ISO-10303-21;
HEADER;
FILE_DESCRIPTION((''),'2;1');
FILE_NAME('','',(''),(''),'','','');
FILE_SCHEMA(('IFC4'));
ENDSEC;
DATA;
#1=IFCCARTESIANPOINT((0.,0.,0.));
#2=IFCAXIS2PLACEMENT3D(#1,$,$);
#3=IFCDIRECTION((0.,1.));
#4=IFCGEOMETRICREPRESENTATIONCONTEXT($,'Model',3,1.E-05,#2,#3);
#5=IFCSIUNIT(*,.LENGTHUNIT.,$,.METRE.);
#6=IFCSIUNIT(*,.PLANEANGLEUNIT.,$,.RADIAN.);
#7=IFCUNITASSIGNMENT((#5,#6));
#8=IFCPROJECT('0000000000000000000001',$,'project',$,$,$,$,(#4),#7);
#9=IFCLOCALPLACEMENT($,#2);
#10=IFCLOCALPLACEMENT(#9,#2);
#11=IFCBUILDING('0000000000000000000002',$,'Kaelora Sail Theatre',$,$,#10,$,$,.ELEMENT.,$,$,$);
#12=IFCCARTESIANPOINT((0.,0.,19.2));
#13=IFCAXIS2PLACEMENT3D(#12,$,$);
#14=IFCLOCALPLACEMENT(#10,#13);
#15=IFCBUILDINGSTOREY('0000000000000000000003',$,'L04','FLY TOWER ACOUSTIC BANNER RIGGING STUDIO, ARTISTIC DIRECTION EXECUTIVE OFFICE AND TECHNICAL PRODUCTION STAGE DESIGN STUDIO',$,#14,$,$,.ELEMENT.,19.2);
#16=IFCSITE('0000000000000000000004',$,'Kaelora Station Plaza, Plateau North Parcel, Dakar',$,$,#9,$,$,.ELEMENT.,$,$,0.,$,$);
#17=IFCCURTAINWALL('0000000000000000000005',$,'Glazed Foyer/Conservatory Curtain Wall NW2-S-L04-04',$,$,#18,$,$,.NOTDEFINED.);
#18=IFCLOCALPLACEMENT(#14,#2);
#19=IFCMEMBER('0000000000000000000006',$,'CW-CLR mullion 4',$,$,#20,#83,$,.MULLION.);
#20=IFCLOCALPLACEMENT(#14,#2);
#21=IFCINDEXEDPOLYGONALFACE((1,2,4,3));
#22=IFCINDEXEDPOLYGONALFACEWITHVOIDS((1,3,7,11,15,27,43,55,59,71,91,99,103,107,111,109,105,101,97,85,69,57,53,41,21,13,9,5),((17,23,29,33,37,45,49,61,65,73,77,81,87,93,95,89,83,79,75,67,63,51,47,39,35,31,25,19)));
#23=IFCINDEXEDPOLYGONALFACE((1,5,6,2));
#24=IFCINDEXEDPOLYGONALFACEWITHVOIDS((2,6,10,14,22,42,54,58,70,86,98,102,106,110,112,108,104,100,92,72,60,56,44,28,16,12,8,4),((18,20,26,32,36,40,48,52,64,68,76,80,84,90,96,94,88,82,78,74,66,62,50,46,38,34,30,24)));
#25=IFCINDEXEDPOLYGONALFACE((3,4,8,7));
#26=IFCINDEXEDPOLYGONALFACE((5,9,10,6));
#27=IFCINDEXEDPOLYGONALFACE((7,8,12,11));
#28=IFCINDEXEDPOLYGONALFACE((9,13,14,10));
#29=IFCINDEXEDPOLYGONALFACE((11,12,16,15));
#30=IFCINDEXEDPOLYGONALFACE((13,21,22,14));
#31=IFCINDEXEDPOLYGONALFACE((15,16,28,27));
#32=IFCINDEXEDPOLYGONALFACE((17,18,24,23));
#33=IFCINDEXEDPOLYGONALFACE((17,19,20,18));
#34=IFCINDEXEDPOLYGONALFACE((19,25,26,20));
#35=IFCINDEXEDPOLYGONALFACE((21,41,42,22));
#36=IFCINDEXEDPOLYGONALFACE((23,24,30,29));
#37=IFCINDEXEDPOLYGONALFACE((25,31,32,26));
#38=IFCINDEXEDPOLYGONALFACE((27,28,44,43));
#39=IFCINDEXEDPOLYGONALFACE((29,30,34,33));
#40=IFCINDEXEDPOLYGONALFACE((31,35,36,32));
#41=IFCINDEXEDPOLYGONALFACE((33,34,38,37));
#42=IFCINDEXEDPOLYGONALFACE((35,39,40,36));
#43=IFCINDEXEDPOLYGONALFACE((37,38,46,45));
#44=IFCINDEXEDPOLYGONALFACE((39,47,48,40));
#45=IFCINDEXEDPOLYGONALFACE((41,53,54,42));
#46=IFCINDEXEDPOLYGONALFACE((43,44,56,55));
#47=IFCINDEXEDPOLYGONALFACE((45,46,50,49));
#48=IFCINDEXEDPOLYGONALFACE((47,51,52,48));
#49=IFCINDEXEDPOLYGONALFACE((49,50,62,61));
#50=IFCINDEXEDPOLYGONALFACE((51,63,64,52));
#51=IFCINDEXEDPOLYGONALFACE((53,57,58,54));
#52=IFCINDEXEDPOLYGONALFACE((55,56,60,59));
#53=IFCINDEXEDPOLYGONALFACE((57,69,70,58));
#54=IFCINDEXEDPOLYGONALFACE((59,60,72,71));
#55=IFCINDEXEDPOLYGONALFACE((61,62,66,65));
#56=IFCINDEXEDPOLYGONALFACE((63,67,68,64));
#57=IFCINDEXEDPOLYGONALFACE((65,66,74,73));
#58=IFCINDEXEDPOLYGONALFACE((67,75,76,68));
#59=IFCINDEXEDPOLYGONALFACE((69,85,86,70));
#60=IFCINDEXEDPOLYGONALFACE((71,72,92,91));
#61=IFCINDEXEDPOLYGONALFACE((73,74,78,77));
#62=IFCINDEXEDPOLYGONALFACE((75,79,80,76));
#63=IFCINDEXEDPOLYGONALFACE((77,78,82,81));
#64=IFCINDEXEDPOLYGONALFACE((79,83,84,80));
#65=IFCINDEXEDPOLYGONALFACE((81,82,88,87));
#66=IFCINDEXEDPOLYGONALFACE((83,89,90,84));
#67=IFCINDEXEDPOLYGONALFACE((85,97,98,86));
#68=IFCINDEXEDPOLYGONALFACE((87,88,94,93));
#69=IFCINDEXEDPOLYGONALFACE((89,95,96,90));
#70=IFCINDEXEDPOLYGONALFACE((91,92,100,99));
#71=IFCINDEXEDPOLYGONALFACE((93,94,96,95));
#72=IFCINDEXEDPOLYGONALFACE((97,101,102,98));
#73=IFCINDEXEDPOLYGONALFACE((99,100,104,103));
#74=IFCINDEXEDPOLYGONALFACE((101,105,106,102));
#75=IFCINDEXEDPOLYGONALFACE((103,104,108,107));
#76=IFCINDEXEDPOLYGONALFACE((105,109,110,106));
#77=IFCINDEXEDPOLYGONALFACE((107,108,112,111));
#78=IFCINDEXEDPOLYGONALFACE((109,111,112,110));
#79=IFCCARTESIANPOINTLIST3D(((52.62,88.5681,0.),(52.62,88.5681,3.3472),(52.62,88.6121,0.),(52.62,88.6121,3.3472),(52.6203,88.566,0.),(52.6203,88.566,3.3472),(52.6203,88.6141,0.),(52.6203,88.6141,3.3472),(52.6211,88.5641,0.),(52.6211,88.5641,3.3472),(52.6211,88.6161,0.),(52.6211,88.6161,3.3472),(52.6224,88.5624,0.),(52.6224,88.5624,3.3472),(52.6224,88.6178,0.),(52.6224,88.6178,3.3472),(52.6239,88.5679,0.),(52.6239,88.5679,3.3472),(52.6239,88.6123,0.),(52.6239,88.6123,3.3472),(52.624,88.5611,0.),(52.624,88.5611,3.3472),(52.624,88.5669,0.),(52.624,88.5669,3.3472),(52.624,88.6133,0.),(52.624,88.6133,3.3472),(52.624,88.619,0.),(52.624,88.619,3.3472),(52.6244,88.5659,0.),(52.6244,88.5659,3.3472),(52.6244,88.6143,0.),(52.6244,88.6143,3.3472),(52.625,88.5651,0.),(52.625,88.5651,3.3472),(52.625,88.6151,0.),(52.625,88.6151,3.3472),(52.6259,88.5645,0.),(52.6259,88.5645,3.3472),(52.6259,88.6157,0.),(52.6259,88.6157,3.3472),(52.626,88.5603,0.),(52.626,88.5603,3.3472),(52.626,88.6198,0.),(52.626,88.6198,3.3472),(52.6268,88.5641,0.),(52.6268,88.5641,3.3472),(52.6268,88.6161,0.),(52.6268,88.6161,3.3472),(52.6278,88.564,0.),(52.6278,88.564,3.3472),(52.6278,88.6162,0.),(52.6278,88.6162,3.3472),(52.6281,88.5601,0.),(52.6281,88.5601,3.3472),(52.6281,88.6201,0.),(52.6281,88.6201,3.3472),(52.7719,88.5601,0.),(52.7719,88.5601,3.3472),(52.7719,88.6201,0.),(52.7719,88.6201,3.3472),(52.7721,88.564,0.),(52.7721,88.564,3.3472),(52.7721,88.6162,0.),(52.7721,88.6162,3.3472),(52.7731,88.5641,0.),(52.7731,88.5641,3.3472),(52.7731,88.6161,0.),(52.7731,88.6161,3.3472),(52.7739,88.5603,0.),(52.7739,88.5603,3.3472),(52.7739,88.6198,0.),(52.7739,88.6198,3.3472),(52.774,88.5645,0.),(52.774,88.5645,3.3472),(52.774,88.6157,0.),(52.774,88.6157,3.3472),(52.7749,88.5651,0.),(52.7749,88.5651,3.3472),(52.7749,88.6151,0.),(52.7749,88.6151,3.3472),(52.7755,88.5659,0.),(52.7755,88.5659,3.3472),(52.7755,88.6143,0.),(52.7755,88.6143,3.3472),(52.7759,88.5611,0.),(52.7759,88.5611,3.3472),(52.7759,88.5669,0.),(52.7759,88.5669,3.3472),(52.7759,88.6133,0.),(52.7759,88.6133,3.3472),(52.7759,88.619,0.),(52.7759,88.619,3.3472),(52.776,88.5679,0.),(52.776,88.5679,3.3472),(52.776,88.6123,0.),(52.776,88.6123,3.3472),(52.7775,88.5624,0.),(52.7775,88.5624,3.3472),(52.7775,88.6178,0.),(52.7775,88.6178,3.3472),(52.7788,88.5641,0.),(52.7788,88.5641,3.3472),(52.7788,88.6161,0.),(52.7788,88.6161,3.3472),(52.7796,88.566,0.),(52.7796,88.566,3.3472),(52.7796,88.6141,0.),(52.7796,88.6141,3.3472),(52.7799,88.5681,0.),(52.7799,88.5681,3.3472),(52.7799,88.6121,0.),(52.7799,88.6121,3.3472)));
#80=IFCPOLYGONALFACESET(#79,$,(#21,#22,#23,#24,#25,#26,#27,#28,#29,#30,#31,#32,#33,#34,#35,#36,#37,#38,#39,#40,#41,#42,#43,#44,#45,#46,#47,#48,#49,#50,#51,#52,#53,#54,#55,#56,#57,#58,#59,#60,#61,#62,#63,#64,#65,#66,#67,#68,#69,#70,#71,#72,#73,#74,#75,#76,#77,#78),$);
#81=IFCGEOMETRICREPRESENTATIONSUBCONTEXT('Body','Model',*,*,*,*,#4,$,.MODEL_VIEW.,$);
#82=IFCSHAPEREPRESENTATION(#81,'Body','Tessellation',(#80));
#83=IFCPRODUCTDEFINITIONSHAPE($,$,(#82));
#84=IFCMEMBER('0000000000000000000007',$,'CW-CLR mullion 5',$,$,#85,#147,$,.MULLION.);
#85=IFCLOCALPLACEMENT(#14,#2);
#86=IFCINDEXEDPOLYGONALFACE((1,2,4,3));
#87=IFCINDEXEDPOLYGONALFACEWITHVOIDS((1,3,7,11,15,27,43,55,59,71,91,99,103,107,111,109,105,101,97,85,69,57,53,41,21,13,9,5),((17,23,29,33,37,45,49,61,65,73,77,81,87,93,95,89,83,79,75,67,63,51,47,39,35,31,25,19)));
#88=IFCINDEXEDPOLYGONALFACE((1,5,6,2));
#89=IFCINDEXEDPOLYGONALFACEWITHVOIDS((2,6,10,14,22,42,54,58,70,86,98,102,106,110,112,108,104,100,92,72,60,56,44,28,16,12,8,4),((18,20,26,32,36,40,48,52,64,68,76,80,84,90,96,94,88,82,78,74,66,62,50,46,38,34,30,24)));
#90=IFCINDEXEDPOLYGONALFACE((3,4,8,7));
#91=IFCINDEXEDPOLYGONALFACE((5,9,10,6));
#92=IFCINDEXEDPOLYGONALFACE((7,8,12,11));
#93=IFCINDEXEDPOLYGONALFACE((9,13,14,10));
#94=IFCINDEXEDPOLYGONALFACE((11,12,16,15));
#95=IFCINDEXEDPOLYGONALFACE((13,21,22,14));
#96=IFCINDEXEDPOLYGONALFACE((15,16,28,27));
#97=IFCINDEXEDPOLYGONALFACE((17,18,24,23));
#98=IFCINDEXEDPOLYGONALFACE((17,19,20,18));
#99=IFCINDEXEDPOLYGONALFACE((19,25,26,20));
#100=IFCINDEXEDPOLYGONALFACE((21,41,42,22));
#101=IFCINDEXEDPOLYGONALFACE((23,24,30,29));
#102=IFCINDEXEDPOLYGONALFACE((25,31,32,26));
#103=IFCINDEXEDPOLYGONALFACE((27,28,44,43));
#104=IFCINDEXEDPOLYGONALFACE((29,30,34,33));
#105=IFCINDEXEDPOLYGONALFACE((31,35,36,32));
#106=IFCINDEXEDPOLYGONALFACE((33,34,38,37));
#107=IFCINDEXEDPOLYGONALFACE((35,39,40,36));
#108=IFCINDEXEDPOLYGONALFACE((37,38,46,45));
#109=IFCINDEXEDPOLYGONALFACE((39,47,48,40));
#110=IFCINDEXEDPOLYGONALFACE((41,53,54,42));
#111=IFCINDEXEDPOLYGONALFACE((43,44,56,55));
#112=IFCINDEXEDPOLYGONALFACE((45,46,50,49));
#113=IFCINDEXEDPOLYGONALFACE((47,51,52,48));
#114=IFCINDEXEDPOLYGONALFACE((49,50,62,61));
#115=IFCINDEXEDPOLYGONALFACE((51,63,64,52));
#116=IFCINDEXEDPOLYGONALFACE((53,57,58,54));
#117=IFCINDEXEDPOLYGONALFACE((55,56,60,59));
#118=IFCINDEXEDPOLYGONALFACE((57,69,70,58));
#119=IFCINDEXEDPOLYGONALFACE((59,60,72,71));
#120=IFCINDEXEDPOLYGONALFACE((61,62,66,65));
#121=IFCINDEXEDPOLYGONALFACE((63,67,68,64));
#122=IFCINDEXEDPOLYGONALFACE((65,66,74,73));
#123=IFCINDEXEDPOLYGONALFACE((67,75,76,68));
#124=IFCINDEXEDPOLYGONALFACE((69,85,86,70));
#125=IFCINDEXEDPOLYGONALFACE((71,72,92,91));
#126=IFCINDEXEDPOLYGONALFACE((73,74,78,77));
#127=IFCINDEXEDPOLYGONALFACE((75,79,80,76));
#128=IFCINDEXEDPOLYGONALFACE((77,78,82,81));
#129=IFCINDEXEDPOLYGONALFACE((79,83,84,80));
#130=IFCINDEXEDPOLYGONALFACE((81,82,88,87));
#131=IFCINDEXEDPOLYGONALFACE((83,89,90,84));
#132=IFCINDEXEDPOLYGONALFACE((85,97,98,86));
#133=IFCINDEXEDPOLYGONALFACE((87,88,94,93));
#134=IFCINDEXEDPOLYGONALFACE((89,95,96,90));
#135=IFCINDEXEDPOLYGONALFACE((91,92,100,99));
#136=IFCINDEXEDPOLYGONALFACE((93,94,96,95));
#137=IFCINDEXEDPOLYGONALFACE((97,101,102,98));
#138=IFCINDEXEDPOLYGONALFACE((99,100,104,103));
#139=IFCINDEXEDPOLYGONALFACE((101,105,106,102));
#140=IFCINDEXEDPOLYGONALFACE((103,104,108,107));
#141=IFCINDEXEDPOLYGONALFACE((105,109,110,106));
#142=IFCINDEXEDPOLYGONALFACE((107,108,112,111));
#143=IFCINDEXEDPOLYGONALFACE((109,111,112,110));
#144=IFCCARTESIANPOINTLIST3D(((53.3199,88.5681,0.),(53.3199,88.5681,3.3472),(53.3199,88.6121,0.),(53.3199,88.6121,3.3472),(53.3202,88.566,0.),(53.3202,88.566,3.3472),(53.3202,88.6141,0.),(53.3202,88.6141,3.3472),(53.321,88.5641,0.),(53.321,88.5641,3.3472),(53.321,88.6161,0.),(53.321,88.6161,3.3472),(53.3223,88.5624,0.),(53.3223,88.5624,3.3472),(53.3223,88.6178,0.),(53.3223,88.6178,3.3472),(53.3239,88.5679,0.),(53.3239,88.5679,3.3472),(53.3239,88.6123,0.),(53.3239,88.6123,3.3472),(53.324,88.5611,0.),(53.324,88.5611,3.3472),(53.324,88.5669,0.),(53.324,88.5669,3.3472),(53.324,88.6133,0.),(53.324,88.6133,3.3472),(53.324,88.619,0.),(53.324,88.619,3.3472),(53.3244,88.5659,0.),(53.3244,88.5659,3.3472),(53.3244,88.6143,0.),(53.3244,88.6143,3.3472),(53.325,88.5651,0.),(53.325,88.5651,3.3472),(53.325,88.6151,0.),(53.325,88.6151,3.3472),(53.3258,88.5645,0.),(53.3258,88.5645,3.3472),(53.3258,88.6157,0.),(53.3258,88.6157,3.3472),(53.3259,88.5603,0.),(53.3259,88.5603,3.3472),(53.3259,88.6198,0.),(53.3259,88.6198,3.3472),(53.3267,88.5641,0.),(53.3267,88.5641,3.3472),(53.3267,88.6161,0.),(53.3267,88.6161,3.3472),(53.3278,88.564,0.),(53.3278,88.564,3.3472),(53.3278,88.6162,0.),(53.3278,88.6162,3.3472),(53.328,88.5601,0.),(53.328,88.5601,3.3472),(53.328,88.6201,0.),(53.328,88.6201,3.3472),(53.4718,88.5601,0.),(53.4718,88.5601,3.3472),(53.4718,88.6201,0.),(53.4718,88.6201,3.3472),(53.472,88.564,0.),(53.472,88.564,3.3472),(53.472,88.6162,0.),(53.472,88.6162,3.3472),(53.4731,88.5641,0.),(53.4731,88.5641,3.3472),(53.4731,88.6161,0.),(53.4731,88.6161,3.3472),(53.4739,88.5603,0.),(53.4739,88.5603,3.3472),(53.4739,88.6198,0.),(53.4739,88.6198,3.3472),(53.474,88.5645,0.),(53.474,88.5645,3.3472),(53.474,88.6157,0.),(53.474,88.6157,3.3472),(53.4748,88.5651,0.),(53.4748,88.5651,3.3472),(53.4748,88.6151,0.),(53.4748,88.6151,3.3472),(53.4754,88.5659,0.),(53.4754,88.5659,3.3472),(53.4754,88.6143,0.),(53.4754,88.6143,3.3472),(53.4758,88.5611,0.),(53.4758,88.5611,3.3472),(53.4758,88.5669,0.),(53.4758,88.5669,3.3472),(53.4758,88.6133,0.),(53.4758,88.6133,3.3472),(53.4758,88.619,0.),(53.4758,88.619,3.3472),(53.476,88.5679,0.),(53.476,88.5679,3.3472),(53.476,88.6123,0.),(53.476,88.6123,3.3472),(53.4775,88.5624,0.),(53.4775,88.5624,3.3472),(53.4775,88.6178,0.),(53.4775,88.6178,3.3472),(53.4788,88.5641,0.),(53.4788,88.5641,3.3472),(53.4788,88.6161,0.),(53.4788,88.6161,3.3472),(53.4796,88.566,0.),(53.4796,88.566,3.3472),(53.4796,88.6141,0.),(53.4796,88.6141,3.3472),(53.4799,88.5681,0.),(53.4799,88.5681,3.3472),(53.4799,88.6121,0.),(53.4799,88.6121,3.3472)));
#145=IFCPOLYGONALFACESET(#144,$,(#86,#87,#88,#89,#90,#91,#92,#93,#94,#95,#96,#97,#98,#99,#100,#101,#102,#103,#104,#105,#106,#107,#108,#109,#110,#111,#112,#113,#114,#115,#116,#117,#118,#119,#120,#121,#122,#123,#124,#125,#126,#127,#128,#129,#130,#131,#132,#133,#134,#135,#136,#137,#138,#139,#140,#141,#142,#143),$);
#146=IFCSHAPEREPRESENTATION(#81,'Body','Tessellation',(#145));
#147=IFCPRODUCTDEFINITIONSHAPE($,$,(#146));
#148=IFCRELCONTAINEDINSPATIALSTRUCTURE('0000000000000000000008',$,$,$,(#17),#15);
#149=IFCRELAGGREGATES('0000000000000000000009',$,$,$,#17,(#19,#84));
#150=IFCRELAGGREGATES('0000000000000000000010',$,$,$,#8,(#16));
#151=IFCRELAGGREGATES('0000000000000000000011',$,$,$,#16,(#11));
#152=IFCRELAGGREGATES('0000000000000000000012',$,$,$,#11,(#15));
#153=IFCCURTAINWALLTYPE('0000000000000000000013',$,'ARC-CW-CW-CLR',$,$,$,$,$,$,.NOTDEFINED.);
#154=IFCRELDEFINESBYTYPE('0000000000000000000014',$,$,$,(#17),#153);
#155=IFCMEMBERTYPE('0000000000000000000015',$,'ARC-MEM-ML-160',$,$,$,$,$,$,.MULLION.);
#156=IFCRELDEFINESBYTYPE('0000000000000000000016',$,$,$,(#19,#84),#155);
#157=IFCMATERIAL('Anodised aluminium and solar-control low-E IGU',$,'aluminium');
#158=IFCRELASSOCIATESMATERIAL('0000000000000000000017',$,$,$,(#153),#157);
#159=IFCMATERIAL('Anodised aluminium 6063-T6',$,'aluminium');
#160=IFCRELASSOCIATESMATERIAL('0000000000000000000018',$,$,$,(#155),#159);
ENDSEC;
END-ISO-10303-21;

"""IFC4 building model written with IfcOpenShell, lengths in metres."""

from ifc_helpers import new_model, si_unit, direction, frame, origin, origin_2d, place, context, subcontext, project, spatial, hollow_rectangle, extrude, material, material_profile, profile_set, type_object, element, aggregate, save


model = new_model("IFC4")

# Units and contexts
model_context = context("Model", 3, precision=1e-05, world=origin(), true_north=direction((0.0, 1.0)))
body_context = subcontext(model_context, "Body", "Model", "MODEL_VIEW")
ifc_project = project(units=[si_unit("LENGTHUNIT", "METRE"), si_unit("PLANEANGLEUNIT", "RADIAN")], contexts=[model_context])

# Site, building, storey
site_placement = place(None, origin())
site = spatial("IfcSite", under=ifc_project, at=site_placement, Name="Kaelora Station Plaza, Plateau North Parcel, Dakar", CompositionType="ELEMENT", RefElevation=0.0)
building_placement = place(site_placement, origin())
building = spatial("IfcBuilding", under=site, at=building_placement, Name="Kaelora Sail Theatre", CompositionType="ELEMENT")
storey_placement = place(building_placement, frame((0.0, 0.0, 19.2)))
storey = spatial("IfcBuildingStorey", under=building, at=storey_placement, Name="L04", Description="FLY TOWER ACOUSTIC BANNER RIGGING STUDIO, ARTISTIC DIRECTION EXECUTIVE OFFICE AND TECHNICAL PRODUCTION STAGE DESIGN STUDIO", CompositionType="ELEMENT", Elevation=19.2)

# Curtain wall, members
ifc_material_1 = material(Name="Anodised aluminium and solar-control low-E IGU", Category="aluminium")
curtain_wall_type = type_object("IfcCurtainWallType", Name="ARC-CW-CW-CLR", PredefinedType="NOTDEFINED", material=ifc_material_1)
curtain_wall_1_placement = place(storey_placement, origin())
curtain_wall_1 = element("IfcCurtainWall", 1, at=curtain_wall_1_placement, inside=storey, type_object=curtain_wall_type, Name="Glazed Foyer/Conservatory Curtain Wall NW2-S-L04-04", PredefinedType="NOTDEFINED")
ifc_material_2 = material(Name="Anodised aluminium 6063-T6", Category="aluminium")
ifc_material_profile_1 = material_profile(ifc_material_2, hollow_rectangle(XDim=0.0601, YDim=0.1599, WallThickness=0.0039, InnerFilletRadius=0.0039, OuterFilletRadius=0.0081, at=origin_2d()), Name="ALU-MULL 60x160x4")
ifc_profile_set_1 = profile_set([ifc_material_profile_1], Name="Anodised aluminium 6063-T6")
member_type_1 = type_object("IfcMemberType", Name="ARC-MEM-ML-160", PredefinedType="MULLION", material=ifc_profile_set_1)
member_1_placement = place(storey_placement, frame((52.7, 88.5901, 0.0), z_axis=(0.0, 0.0, 1.0), x_axis=(0.0, 1.0, 0.0)))
member_1 = element("IfcMember", 2, at=member_1_placement, type_object=member_type_1, Name="CW-CLR mullion 4", PredefinedType="MULLION", context=body_context, shape_type="SweptSolid", body=[
    extrude(hollow_rectangle(XDim=0.0601, YDim=0.1599, WallThickness=0.0039, InnerFilletRadius=0.0039, OuterFilletRadius=0.0081, at=origin_2d()), origin(), (0.0, 0.0, 1.0), 3.3472),
])
member_2_placement = place(storey_placement, frame((53.3999, 88.5901, 0.0), z_axis=(0.0, 0.0, 1.0), x_axis=(0.0, 1.0, 0.0)))
member_2 = element("IfcMember", 3, at=member_2_placement, type_object=member_type_1, Name="CW-CLR mullion 5", PredefinedType="MULLION", context=body_context, shape_type="SweptSolid", body=[
    extrude(hollow_rectangle(XDim=0.0601, YDim=0.1599, WallThickness=0.0039, InnerFilletRadius=0.0039, OuterFilletRadius=0.0081, at=origin_2d()), origin(), (0.0, 0.0, 1.0), 3.3472),
])

aggregate(curtain_wall_1, [member_1, member_2])

save(model, "model.ifc")
